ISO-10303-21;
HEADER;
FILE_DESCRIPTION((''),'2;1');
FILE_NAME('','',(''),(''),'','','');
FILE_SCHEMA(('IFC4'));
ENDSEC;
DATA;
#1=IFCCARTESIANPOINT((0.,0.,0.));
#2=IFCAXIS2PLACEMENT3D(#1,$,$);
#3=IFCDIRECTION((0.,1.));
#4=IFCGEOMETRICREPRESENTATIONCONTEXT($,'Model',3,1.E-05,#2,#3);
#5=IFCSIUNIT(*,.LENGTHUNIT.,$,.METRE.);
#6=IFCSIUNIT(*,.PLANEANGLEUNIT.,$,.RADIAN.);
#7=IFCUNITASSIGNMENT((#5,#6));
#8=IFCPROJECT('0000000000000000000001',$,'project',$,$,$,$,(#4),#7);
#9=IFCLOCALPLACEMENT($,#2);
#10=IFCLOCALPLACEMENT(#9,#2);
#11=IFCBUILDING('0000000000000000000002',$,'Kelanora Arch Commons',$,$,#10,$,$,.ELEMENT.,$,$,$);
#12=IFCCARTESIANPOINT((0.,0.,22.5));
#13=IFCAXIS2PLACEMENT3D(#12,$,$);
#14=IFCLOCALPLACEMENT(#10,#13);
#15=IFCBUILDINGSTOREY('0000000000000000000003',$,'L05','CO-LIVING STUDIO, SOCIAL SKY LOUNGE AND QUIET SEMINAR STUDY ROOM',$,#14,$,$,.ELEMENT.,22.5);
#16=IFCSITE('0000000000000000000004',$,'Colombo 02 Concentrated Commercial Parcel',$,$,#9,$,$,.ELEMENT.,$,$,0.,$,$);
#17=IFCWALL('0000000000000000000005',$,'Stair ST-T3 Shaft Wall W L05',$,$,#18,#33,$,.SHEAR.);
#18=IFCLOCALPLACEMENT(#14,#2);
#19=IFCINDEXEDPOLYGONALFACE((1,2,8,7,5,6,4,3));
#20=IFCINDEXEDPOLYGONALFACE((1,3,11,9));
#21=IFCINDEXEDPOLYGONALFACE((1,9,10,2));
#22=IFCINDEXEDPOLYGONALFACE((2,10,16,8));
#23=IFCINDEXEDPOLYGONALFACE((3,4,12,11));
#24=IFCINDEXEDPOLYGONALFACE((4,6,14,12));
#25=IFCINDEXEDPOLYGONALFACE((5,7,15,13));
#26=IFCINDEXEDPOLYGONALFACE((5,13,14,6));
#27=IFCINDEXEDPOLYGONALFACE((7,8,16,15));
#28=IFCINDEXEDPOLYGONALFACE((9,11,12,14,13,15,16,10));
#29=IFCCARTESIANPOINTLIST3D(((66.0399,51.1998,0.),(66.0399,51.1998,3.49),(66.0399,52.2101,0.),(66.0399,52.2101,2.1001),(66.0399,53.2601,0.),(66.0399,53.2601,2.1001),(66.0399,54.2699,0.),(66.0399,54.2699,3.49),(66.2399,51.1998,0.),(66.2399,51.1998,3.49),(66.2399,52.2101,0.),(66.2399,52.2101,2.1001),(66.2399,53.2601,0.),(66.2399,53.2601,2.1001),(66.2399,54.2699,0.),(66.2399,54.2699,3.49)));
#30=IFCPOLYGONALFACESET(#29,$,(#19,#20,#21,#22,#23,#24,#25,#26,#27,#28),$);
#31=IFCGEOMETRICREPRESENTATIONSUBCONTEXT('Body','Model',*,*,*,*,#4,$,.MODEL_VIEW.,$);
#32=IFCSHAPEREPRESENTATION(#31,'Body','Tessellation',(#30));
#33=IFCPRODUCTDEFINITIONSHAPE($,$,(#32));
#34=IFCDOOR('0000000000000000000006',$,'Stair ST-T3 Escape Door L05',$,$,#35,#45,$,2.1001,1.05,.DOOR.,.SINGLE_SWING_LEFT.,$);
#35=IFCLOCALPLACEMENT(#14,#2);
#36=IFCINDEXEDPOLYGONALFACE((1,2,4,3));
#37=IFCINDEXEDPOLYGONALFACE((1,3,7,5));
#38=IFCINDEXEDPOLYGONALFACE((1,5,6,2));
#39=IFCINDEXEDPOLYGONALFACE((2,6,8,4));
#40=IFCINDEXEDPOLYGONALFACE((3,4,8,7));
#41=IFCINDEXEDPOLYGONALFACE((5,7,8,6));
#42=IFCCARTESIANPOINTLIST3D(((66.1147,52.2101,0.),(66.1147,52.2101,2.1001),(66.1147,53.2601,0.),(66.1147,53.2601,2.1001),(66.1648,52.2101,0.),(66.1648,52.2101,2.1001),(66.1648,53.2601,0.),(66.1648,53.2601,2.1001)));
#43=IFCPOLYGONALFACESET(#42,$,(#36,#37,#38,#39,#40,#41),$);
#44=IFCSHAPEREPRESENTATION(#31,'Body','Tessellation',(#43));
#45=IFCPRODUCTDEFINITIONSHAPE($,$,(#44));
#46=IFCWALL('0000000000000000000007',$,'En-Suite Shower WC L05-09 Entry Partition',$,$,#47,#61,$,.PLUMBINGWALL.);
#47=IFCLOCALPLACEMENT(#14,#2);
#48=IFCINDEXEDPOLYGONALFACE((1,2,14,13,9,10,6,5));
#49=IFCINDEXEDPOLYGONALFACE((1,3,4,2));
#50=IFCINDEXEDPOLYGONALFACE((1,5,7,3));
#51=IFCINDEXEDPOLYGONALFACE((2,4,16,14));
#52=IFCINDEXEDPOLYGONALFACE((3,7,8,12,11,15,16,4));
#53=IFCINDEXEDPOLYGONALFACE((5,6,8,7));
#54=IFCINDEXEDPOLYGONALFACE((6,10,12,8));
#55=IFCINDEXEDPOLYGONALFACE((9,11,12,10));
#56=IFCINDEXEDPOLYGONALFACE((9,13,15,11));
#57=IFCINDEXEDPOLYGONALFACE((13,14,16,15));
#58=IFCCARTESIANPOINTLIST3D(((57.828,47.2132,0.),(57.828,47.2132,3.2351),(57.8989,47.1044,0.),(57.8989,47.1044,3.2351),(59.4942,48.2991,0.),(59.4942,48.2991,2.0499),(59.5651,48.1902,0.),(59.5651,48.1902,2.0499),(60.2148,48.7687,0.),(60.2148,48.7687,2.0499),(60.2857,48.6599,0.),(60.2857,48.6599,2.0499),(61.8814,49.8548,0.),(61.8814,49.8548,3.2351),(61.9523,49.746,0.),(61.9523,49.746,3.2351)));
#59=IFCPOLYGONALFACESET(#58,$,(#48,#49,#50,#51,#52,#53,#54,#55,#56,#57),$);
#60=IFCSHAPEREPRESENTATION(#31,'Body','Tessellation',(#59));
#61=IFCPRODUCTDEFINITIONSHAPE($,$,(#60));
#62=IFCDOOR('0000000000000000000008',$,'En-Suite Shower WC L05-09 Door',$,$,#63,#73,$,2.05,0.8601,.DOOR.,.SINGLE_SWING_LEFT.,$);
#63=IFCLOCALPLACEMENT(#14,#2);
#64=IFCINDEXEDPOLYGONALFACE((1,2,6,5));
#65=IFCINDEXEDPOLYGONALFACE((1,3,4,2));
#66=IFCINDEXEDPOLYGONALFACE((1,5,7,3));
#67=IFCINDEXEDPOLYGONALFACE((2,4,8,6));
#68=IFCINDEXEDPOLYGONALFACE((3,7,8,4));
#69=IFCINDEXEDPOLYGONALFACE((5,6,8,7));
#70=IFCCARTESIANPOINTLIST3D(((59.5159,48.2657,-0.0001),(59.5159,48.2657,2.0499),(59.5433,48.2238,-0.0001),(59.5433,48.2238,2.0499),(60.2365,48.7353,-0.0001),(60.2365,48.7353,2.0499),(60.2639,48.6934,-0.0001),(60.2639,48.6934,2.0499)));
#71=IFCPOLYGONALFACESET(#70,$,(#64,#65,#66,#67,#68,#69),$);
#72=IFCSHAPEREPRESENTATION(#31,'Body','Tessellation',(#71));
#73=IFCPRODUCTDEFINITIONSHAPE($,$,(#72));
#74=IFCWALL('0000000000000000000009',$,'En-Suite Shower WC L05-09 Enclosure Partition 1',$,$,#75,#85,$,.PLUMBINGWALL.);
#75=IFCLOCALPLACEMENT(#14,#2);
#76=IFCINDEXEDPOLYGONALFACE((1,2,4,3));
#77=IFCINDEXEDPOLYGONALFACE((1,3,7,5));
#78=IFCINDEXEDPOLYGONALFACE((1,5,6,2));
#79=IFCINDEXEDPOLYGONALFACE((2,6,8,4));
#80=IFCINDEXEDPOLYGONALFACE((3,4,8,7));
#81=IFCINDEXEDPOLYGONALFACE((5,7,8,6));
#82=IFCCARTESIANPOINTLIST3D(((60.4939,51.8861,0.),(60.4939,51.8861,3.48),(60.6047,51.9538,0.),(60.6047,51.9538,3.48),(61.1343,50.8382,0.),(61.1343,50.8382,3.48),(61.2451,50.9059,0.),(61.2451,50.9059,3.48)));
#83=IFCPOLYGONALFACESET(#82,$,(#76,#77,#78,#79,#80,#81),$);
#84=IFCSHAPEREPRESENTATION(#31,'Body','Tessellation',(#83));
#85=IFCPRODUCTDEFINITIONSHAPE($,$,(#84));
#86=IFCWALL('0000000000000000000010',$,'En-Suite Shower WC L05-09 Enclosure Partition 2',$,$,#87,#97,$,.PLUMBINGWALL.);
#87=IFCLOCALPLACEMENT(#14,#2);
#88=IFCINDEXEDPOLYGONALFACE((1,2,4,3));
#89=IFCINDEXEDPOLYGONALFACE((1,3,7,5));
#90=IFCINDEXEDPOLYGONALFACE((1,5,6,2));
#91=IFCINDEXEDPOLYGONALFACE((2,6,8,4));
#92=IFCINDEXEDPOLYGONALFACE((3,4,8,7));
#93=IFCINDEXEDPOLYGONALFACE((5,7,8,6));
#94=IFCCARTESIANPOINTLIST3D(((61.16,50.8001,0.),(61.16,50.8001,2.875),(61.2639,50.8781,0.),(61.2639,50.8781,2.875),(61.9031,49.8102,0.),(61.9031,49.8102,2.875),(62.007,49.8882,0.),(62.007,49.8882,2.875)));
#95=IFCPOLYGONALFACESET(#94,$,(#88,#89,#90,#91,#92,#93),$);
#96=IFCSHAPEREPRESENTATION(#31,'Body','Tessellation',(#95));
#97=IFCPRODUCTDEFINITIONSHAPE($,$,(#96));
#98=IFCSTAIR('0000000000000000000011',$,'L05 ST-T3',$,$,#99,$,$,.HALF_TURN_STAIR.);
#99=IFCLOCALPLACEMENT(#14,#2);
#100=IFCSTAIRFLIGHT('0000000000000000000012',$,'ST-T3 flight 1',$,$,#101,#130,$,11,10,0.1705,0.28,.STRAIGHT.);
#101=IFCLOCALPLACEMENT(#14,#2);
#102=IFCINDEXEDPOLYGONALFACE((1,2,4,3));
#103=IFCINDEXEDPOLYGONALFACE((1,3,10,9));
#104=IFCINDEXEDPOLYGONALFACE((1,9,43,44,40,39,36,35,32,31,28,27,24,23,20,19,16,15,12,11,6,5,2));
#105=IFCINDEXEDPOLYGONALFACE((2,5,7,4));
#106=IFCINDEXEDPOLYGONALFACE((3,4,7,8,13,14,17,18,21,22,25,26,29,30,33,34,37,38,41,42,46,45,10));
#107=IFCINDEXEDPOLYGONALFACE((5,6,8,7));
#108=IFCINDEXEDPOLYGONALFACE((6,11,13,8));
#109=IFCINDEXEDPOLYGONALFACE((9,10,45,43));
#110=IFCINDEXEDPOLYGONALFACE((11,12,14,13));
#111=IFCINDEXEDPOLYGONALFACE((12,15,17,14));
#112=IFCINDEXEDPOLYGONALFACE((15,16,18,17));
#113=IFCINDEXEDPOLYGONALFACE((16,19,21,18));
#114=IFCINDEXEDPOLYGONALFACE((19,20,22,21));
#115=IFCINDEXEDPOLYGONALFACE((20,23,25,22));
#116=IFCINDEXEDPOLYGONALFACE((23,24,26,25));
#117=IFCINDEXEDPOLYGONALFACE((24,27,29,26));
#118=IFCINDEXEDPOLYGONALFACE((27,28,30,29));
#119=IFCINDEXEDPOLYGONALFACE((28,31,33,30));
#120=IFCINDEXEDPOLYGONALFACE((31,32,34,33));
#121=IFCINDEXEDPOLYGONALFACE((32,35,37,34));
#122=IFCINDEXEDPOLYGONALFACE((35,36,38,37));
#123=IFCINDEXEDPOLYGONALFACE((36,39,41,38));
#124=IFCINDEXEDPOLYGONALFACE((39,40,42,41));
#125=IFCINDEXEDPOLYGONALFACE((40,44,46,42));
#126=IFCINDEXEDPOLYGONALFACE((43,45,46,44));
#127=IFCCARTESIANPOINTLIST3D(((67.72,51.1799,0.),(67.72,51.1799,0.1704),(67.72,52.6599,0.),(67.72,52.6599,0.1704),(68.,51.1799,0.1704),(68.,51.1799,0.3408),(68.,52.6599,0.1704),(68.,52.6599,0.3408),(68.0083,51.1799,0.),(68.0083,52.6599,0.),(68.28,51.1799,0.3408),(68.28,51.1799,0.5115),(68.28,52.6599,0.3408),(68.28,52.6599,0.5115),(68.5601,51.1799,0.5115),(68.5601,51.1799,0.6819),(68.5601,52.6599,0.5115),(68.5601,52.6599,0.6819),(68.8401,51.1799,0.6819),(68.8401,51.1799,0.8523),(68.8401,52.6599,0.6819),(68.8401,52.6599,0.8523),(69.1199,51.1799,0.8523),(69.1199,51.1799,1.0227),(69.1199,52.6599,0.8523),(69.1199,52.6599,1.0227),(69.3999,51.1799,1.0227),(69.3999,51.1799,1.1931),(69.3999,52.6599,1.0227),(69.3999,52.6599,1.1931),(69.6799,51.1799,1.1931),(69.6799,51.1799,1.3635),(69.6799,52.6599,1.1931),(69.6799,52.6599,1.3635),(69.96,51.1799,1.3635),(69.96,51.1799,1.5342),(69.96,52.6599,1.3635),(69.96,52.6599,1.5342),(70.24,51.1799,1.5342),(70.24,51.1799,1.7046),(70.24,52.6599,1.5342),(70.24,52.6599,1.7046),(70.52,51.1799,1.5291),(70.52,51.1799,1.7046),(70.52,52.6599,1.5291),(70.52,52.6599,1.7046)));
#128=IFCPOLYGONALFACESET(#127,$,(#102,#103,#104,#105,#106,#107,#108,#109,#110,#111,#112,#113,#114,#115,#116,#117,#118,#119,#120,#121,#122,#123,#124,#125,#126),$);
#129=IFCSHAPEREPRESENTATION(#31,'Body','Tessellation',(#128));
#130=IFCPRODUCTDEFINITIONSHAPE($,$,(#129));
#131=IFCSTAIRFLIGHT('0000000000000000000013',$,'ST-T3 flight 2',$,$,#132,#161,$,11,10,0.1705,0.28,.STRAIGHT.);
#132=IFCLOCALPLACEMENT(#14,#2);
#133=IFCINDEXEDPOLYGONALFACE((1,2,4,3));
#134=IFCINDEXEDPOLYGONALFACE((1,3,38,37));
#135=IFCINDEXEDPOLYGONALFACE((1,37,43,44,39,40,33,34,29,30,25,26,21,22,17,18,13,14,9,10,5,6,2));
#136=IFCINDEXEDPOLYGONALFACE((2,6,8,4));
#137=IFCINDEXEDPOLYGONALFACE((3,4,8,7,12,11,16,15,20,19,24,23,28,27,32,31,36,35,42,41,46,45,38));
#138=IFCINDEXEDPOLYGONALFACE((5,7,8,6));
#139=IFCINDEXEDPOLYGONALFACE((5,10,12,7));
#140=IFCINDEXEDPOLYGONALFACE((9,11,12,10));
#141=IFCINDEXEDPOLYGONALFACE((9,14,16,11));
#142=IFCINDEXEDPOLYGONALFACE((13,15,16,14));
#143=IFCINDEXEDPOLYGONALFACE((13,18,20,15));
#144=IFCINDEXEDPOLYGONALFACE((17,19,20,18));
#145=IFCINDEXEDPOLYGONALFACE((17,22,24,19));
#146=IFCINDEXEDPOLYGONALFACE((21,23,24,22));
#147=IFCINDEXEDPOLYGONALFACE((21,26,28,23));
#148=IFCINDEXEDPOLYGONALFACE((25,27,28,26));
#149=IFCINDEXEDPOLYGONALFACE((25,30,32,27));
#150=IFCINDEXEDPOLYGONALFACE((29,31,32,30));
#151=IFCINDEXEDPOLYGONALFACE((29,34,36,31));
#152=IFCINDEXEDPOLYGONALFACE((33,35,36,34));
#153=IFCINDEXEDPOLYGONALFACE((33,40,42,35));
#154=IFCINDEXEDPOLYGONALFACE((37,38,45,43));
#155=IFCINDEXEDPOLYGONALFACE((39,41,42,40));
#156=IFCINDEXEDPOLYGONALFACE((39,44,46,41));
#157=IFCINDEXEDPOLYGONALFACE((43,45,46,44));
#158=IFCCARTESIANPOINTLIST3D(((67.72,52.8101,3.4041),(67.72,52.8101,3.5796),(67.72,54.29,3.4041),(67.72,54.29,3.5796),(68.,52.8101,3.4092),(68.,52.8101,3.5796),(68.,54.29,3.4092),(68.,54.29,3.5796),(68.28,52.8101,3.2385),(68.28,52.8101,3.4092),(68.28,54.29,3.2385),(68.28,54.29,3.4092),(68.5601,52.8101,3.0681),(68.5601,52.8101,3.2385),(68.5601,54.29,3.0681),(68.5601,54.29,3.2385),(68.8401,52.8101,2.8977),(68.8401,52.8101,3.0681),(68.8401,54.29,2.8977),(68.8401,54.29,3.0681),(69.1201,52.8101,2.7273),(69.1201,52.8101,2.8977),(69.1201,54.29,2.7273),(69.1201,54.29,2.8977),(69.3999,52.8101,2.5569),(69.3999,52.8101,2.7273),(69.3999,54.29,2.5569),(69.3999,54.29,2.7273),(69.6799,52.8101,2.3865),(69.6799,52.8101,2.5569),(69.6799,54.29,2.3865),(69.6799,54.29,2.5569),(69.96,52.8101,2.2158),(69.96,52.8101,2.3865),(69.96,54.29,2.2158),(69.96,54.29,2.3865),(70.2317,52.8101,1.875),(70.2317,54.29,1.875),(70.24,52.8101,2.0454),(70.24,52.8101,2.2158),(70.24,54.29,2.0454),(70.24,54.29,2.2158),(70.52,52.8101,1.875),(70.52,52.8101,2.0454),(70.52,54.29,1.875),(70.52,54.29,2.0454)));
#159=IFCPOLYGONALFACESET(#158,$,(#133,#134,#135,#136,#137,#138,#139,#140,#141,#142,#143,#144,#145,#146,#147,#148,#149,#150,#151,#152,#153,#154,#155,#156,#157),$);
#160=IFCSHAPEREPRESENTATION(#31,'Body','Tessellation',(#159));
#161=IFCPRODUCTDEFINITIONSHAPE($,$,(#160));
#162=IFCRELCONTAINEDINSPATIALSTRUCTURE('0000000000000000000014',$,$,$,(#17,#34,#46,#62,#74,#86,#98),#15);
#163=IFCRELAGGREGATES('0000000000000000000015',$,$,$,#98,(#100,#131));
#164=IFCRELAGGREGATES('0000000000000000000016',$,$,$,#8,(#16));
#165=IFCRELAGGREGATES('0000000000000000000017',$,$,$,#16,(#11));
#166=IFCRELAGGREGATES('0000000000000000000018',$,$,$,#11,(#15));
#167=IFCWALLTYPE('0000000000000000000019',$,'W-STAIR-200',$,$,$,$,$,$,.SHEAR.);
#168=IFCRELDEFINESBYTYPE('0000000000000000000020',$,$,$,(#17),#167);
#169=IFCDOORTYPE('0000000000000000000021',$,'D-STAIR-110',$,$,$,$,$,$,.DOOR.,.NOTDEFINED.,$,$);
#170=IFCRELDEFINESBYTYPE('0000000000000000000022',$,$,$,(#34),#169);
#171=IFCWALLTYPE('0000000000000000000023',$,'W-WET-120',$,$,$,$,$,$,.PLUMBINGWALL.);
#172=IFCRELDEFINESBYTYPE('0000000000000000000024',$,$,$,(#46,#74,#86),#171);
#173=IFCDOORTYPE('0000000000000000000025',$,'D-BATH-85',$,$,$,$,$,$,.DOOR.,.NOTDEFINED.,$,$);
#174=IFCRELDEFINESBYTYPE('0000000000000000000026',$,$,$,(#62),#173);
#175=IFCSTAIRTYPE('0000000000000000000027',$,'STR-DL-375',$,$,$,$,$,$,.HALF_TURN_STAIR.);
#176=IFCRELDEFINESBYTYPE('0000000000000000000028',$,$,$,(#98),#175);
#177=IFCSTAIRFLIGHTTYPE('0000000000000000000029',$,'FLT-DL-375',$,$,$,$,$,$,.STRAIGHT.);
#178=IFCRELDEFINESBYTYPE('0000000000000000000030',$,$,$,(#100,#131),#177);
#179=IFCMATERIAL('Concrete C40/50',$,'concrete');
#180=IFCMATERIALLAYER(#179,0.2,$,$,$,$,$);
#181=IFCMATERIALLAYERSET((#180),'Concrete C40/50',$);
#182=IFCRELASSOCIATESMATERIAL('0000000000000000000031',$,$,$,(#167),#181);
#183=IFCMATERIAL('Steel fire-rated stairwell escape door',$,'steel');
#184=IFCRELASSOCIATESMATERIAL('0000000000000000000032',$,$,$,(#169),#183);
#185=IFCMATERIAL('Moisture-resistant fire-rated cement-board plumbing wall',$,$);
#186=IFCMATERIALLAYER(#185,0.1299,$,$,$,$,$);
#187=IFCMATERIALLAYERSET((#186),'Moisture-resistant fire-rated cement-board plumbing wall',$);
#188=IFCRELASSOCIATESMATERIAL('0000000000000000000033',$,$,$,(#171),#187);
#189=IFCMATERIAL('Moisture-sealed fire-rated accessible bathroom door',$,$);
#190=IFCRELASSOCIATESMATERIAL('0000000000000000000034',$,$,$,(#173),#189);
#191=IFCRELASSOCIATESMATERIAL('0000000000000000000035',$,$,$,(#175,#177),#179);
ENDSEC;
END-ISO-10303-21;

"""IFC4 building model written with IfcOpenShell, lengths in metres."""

from ifc_helpers import new_model, si_unit, direction, frame, frame_2d, origin, place, context, subcontext, project, spatial, polyline, rectangle, outline, extrude, material, layer, layer_set, type_object, element, fill, aggregate, save


model = new_model("IFC4")

# Units and contexts
model_context = context("Model", 3, precision=1e-05, world=origin(), true_north=direction((0.0, 1.0)))
body_context = subcontext(model_context, "Body", "Model", "MODEL_VIEW")
ifc_project = project(units=[si_unit("LENGTHUNIT", "METRE"), si_unit("PLANEANGLEUNIT", "RADIAN")], contexts=[model_context])

# Site, building, storey
site_placement = place(None, origin())
site = spatial("IfcSite", under=ifc_project, at=site_placement, Name="Colombo 02 Concentrated Commercial Parcel", CompositionType="ELEMENT", RefElevation=0.0)
building_placement = place(site_placement, origin())
building = spatial("IfcBuilding", under=site, at=building_placement, Name="Kelanora Arch Commons", CompositionType="ELEMENT")
storey_placement = place(building_placement, frame((0.0, 0.0, 22.5)))
storey = spatial("IfcBuildingStorey", under=building, at=storey_placement, Name="L05", Description="CO-LIVING STUDIO, SOCIAL SKY LOUNGE AND QUIET SEMINAR STUDY ROOM", CompositionType="ELEMENT", Elevation=22.5)

# Shared definitions
ifc_material_1 = material(Name="Concrete C40/50", Category="concrete")

# Shared definitions
ifc_layer_1 = layer(ifc_material_1, 0.2)
ifc_layer_set_1 = layer_set([ifc_layer_1], Name="Concrete C40/50")
wall_type_1 = type_object("IfcWallType", Name="W-STAIR-200", PredefinedType="SHEAR", material=ifc_layer_set_1)
ifc_material_2 = material(Name="Steel fire-rated stairwell escape door", Category="steel")
door_type_1 = type_object("IfcDoorType", Name="D-STAIR-110", OperationType="NOTDEFINED", PredefinedType="DOOR", material=ifc_material_2)

# Walls, openings, doors
wall_1_placement = place(storey_placement, frame((66.1399, 54.27, 0.0), z_axis=(0.0, 0.0, 1.0), x_axis=(0.0, -1.0, 0.0)))
wall_1 = element("IfcWall", 1, at=wall_1_placement, inside=storey, type_object=wall_type_1, Name="Stair ST-T3 Shaft Wall W L05", PredefinedType="SHEAR", context=body_context, shape_type="SweptSolid", body=[
    extrude(rectangle(XDim=3.0701, YDim=0.2, at=frame_2d((1.5352, 0.0))), origin(), (0.0, 0.0, 1.0), 3.49),
])
opening_1_placement = place(wall_1_placement, frame((1.01, 0.0, 0.0)))
opening_1 = element("IfcOpeningElement", 2, at=opening_1_placement, cuts=wall_1, PredefinedType="OPENING", context=body_context, shape_type="SweptSolid", body=[
    extrude(rectangle(XDim=1.05, YDim=2.1001, at=frame_2d((0.5249, 1.05))), frame((0.0, 0.1099, 0.0), z_axis=(0.0, -1.0, 0.0), x_axis=(1.0, 0.0, 0.0)), (0.0, 0.0, 1.0), 0.22),
])
door_1_placement = place(opening_1_placement, origin())
door_1 = element("IfcDoor", 3, at=door_1_placement, inside=storey, type_object=door_type_1, Name="Stair ST-T3 Escape Door L05", OperationType="SINGLE_SWING_LEFT", OverallHeight=2.1001, OverallWidth=1.05, PredefinedType="DOOR", context=body_context, shape_type="SweptSolid", body=[
    extrude(rectangle(XDim=1.05, YDim=2.1001, at=frame_2d((0.5249, 1.05))), frame((0.0, 0.0249, 0.0), z_axis=(0.0, -1.0, 0.0), x_axis=(1.0, 0.0, 0.0)), (0.0, 0.0, 1.0), 0.05),
])
fill(opening_1, door_1)
ifc_material_3 = material(Name="Moisture-resistant fire-rated cement-board plumbing wall")
ifc_layer_2 = layer(ifc_material_3, 0.1299)
ifc_layer_set_2 = layer_set([ifc_layer_2], Name="Moisture-resistant fire-rated cement-board plumbing wall")
wall_type_2 = type_object("IfcWallType", Name="W-WET-120", PredefinedType="PLUMBINGWALL", material=ifc_layer_set_2)
wall_2_placement = place(storey_placement, frame((61.9167, 49.8003, 0.0), z_axis=(0.0, 0.0, 1.0), x_axis=(-0.837796, -0.545983, 0.0)))
wall_2 = element("IfcWall", 4, at=wall_2_placement, inside=storey, type_object=wall_type_2, Name="En-Suite Shower WC L05-09 Entry Partition", PredefinedType="PLUMBINGWALL", context=body_context, shape_type="SweptSolid", body=[
    extrude(rectangle(XDim=4.8381, YDim=0.1299, at=frame_2d((2.4189, 0.0))), origin(), (0.0, 0.0, 1.0), 3.2351),
])
opening_2_placement = place(wall_2_placement, frame((1.989, 0.0, 0.0)))
opening_2 = element("IfcOpeningElement", 5, at=opening_2_placement, cuts=wall_2, PredefinedType="OPENING", context=body_context, shape_type="SweptSolid", body=[
    extrude(rectangle(XDim=0.8601, YDim=2.05, at=frame_2d((0.4302, 1.0249))), frame((0.0, 0.075, 0.0), z_axis=(0.0, -1.0, 0.0), x_axis=(1.0, 0.0, 0.0)), (0.0, 0.0, 1.0), 0.1499),
])
ifc_material_4 = material(Name="Moisture-sealed fire-rated accessible bathroom door")
door_type_2 = type_object("IfcDoorType", Name="D-BATH-85", OperationType="NOTDEFINED", PredefinedType="DOOR", material=ifc_material_4)
door_2_placement = place(opening_2_placement, origin())
door_2 = element("IfcDoor", 6, at=door_2_placement, inside=storey, type_object=door_type_2, Name="En-Suite Shower WC L05-09 Door", OperationType="SINGLE_SWING_LEFT", OverallHeight=2.05, OverallWidth=0.8601, PredefinedType="DOOR", context=body_context, shape_type="SweptSolid", body=[
    extrude(rectangle(XDim=0.8601, YDim=2.05, at=frame_2d((0.4302, 1.0249))), frame((0.0, 0.0249, 0.0), z_axis=(0.0, -1.0, 0.0), x_axis=(1.0, 0.0, 0.0)), (0.0, 0.0, 1.0), 0.05),
])
fill(opening_2, door_2)

# Walls
wall_3_placement = place(storey_placement, frame((60.5493, 51.9199, 0.0), z_axis=(0.0, 0.0, 1.0), x_axis=(0.521466, -0.853272, 0.0)))
element("IfcWall", 7, at=wall_3_placement, inside=storey, type_object=wall_type_2, Name="En-Suite Shower WC L05-09 Enclosure Partition 1", PredefinedType="PLUMBINGWALL", context=body_context, shape_type="SweptSolid", body=[
    extrude(rectangle(XDim=1.228, YDim=0.1299, at=frame_2d((0.614, 0.0))), origin(), (0.0, 0.0, 1.0), 3.48),
])
wall_4_placement = place(storey_placement, frame((61.2119, 50.8391, 0.0), z_axis=(0.0, 0.0, 1.0), x_axis=(0.600347, -0.79974, 0.0)))
element("IfcWall", 8, at=wall_4_placement, inside=storey, type_object=wall_type_2, Name="En-Suite Shower WC L05-09 Enclosure Partition 2", PredefinedType="PLUMBINGWALL", context=body_context, shape_type="SweptSolid", body=[
    extrude(rectangle(XDim=1.2378, YDim=0.1299, at=frame_2d((0.6189, 0.0))), origin(), (0.0, 0.0, 1.0), 2.875),
])

# Stair, stair flights
stair_type = type_object("IfcStairType", Name="STR-DL-375", PredefinedType="HALF_TURN_STAIR", material=ifc_material_1)
stair_placement = place(storey_placement, origin())
stair = element("IfcStair", 9, at=stair_placement, inside=storey, type_object=stair_type, Name="L05 ST-T3", PredefinedType="HALF_TURN_STAIR")
stair_flight_type = type_object("IfcStairFlightType", Name="FLT-DL-375", PredefinedType="STRAIGHT", material=ifc_material_1)
stair_flight_1_placement = place(storey_placement, frame((67.72, 51.9199, 0.0), z_axis=(0.0, 0.0, 1.0), x_axis=(1.0, 0.0, 0.0)))
stair_flight_1 = element("IfcStairFlight", 10, at=stair_flight_1_placement, type_object=stair_flight_type, Name="ST-T3 flight 1", NumberOfRisers=11, NumberOfTreads=10, PredefinedType="STRAIGHT", RiserHeight=0.1705, TreadLength=0.28, context=body_context, shape_type="SweptSolid", body=[
    extrude(outline(polyline([(0.0, 0.0), (0.0, 0.1704), (0.28, 0.1704), (0.28, 0.3408), (0.5601, 0.3408), (0.5601, 0.5115), (0.8401, 0.5115), (0.8401, 0.6819), (1.1201, 0.6819), (1.1201, 0.8523), (1.3999, 0.8523), (1.3999, 1.0227), (1.6799, 1.0227), (1.6799, 1.1931), (1.96, 1.1931), (1.96, 1.3635), (2.24, 1.3635), (2.24, 1.5342), (2.52, 1.5342), (2.52, 1.7046), (2.8, 1.7046), (2.8, 1.875), (2.8, 1.5291), (0.2883, 0.0), (0.0, 0.0)])), frame((0.0, 0.74, 0.0), z_axis=(0.0, -1.0, 0.0), x_axis=(1.0, 0.0, 0.0)), (0.0, 0.0, 1.0), 1.48),
])
stair_flight_2_placement = place(storey_placement, frame((70.52, 53.55, 1.875), z_axis=(0.0, 0.0, 1.0), x_axis=(-1.0, 0.0, 0.0)))
stair_flight_2 = element("IfcStairFlight", 11, at=stair_flight_2_placement, type_object=stair_flight_type, Name="ST-T3 flight 2", NumberOfRisers=11, NumberOfTreads=10, PredefinedType="STRAIGHT", RiserHeight=0.1705, TreadLength=0.28, context=body_context, shape_type="SweptSolid", body=[
    extrude(outline(polyline([(0.0, 0.0), (0.0, 0.1704), (0.28, 0.1704), (0.28, 0.3408), (0.5601, 0.3408), (0.5601, 0.5115), (0.8401, 0.5115), (0.8401, 0.6819), (1.1201, 0.6819), (1.1201, 0.8523), (1.3999, 0.8523), (1.3999, 1.0227), (1.6799, 1.0227), (1.6799, 1.1931), (1.96, 1.1931), (1.96, 1.3635), (2.24, 1.3635), (2.24, 1.5342), (2.52, 1.5342), (2.52, 1.7046), (2.8, 1.7046), (2.8, 1.875), (2.8, 1.5291), (0.2883, 0.0), (0.0, 0.0)])), frame((0.0, 0.74, 0.0), z_axis=(0.0, -1.0, 0.0), x_axis=(1.0, 0.0, 0.0)), (0.0, 0.0, 1.0), 1.48),
])
aggregate(stair, [stair_flight_1, stair_flight_2])

save(model, "model.ifc")
